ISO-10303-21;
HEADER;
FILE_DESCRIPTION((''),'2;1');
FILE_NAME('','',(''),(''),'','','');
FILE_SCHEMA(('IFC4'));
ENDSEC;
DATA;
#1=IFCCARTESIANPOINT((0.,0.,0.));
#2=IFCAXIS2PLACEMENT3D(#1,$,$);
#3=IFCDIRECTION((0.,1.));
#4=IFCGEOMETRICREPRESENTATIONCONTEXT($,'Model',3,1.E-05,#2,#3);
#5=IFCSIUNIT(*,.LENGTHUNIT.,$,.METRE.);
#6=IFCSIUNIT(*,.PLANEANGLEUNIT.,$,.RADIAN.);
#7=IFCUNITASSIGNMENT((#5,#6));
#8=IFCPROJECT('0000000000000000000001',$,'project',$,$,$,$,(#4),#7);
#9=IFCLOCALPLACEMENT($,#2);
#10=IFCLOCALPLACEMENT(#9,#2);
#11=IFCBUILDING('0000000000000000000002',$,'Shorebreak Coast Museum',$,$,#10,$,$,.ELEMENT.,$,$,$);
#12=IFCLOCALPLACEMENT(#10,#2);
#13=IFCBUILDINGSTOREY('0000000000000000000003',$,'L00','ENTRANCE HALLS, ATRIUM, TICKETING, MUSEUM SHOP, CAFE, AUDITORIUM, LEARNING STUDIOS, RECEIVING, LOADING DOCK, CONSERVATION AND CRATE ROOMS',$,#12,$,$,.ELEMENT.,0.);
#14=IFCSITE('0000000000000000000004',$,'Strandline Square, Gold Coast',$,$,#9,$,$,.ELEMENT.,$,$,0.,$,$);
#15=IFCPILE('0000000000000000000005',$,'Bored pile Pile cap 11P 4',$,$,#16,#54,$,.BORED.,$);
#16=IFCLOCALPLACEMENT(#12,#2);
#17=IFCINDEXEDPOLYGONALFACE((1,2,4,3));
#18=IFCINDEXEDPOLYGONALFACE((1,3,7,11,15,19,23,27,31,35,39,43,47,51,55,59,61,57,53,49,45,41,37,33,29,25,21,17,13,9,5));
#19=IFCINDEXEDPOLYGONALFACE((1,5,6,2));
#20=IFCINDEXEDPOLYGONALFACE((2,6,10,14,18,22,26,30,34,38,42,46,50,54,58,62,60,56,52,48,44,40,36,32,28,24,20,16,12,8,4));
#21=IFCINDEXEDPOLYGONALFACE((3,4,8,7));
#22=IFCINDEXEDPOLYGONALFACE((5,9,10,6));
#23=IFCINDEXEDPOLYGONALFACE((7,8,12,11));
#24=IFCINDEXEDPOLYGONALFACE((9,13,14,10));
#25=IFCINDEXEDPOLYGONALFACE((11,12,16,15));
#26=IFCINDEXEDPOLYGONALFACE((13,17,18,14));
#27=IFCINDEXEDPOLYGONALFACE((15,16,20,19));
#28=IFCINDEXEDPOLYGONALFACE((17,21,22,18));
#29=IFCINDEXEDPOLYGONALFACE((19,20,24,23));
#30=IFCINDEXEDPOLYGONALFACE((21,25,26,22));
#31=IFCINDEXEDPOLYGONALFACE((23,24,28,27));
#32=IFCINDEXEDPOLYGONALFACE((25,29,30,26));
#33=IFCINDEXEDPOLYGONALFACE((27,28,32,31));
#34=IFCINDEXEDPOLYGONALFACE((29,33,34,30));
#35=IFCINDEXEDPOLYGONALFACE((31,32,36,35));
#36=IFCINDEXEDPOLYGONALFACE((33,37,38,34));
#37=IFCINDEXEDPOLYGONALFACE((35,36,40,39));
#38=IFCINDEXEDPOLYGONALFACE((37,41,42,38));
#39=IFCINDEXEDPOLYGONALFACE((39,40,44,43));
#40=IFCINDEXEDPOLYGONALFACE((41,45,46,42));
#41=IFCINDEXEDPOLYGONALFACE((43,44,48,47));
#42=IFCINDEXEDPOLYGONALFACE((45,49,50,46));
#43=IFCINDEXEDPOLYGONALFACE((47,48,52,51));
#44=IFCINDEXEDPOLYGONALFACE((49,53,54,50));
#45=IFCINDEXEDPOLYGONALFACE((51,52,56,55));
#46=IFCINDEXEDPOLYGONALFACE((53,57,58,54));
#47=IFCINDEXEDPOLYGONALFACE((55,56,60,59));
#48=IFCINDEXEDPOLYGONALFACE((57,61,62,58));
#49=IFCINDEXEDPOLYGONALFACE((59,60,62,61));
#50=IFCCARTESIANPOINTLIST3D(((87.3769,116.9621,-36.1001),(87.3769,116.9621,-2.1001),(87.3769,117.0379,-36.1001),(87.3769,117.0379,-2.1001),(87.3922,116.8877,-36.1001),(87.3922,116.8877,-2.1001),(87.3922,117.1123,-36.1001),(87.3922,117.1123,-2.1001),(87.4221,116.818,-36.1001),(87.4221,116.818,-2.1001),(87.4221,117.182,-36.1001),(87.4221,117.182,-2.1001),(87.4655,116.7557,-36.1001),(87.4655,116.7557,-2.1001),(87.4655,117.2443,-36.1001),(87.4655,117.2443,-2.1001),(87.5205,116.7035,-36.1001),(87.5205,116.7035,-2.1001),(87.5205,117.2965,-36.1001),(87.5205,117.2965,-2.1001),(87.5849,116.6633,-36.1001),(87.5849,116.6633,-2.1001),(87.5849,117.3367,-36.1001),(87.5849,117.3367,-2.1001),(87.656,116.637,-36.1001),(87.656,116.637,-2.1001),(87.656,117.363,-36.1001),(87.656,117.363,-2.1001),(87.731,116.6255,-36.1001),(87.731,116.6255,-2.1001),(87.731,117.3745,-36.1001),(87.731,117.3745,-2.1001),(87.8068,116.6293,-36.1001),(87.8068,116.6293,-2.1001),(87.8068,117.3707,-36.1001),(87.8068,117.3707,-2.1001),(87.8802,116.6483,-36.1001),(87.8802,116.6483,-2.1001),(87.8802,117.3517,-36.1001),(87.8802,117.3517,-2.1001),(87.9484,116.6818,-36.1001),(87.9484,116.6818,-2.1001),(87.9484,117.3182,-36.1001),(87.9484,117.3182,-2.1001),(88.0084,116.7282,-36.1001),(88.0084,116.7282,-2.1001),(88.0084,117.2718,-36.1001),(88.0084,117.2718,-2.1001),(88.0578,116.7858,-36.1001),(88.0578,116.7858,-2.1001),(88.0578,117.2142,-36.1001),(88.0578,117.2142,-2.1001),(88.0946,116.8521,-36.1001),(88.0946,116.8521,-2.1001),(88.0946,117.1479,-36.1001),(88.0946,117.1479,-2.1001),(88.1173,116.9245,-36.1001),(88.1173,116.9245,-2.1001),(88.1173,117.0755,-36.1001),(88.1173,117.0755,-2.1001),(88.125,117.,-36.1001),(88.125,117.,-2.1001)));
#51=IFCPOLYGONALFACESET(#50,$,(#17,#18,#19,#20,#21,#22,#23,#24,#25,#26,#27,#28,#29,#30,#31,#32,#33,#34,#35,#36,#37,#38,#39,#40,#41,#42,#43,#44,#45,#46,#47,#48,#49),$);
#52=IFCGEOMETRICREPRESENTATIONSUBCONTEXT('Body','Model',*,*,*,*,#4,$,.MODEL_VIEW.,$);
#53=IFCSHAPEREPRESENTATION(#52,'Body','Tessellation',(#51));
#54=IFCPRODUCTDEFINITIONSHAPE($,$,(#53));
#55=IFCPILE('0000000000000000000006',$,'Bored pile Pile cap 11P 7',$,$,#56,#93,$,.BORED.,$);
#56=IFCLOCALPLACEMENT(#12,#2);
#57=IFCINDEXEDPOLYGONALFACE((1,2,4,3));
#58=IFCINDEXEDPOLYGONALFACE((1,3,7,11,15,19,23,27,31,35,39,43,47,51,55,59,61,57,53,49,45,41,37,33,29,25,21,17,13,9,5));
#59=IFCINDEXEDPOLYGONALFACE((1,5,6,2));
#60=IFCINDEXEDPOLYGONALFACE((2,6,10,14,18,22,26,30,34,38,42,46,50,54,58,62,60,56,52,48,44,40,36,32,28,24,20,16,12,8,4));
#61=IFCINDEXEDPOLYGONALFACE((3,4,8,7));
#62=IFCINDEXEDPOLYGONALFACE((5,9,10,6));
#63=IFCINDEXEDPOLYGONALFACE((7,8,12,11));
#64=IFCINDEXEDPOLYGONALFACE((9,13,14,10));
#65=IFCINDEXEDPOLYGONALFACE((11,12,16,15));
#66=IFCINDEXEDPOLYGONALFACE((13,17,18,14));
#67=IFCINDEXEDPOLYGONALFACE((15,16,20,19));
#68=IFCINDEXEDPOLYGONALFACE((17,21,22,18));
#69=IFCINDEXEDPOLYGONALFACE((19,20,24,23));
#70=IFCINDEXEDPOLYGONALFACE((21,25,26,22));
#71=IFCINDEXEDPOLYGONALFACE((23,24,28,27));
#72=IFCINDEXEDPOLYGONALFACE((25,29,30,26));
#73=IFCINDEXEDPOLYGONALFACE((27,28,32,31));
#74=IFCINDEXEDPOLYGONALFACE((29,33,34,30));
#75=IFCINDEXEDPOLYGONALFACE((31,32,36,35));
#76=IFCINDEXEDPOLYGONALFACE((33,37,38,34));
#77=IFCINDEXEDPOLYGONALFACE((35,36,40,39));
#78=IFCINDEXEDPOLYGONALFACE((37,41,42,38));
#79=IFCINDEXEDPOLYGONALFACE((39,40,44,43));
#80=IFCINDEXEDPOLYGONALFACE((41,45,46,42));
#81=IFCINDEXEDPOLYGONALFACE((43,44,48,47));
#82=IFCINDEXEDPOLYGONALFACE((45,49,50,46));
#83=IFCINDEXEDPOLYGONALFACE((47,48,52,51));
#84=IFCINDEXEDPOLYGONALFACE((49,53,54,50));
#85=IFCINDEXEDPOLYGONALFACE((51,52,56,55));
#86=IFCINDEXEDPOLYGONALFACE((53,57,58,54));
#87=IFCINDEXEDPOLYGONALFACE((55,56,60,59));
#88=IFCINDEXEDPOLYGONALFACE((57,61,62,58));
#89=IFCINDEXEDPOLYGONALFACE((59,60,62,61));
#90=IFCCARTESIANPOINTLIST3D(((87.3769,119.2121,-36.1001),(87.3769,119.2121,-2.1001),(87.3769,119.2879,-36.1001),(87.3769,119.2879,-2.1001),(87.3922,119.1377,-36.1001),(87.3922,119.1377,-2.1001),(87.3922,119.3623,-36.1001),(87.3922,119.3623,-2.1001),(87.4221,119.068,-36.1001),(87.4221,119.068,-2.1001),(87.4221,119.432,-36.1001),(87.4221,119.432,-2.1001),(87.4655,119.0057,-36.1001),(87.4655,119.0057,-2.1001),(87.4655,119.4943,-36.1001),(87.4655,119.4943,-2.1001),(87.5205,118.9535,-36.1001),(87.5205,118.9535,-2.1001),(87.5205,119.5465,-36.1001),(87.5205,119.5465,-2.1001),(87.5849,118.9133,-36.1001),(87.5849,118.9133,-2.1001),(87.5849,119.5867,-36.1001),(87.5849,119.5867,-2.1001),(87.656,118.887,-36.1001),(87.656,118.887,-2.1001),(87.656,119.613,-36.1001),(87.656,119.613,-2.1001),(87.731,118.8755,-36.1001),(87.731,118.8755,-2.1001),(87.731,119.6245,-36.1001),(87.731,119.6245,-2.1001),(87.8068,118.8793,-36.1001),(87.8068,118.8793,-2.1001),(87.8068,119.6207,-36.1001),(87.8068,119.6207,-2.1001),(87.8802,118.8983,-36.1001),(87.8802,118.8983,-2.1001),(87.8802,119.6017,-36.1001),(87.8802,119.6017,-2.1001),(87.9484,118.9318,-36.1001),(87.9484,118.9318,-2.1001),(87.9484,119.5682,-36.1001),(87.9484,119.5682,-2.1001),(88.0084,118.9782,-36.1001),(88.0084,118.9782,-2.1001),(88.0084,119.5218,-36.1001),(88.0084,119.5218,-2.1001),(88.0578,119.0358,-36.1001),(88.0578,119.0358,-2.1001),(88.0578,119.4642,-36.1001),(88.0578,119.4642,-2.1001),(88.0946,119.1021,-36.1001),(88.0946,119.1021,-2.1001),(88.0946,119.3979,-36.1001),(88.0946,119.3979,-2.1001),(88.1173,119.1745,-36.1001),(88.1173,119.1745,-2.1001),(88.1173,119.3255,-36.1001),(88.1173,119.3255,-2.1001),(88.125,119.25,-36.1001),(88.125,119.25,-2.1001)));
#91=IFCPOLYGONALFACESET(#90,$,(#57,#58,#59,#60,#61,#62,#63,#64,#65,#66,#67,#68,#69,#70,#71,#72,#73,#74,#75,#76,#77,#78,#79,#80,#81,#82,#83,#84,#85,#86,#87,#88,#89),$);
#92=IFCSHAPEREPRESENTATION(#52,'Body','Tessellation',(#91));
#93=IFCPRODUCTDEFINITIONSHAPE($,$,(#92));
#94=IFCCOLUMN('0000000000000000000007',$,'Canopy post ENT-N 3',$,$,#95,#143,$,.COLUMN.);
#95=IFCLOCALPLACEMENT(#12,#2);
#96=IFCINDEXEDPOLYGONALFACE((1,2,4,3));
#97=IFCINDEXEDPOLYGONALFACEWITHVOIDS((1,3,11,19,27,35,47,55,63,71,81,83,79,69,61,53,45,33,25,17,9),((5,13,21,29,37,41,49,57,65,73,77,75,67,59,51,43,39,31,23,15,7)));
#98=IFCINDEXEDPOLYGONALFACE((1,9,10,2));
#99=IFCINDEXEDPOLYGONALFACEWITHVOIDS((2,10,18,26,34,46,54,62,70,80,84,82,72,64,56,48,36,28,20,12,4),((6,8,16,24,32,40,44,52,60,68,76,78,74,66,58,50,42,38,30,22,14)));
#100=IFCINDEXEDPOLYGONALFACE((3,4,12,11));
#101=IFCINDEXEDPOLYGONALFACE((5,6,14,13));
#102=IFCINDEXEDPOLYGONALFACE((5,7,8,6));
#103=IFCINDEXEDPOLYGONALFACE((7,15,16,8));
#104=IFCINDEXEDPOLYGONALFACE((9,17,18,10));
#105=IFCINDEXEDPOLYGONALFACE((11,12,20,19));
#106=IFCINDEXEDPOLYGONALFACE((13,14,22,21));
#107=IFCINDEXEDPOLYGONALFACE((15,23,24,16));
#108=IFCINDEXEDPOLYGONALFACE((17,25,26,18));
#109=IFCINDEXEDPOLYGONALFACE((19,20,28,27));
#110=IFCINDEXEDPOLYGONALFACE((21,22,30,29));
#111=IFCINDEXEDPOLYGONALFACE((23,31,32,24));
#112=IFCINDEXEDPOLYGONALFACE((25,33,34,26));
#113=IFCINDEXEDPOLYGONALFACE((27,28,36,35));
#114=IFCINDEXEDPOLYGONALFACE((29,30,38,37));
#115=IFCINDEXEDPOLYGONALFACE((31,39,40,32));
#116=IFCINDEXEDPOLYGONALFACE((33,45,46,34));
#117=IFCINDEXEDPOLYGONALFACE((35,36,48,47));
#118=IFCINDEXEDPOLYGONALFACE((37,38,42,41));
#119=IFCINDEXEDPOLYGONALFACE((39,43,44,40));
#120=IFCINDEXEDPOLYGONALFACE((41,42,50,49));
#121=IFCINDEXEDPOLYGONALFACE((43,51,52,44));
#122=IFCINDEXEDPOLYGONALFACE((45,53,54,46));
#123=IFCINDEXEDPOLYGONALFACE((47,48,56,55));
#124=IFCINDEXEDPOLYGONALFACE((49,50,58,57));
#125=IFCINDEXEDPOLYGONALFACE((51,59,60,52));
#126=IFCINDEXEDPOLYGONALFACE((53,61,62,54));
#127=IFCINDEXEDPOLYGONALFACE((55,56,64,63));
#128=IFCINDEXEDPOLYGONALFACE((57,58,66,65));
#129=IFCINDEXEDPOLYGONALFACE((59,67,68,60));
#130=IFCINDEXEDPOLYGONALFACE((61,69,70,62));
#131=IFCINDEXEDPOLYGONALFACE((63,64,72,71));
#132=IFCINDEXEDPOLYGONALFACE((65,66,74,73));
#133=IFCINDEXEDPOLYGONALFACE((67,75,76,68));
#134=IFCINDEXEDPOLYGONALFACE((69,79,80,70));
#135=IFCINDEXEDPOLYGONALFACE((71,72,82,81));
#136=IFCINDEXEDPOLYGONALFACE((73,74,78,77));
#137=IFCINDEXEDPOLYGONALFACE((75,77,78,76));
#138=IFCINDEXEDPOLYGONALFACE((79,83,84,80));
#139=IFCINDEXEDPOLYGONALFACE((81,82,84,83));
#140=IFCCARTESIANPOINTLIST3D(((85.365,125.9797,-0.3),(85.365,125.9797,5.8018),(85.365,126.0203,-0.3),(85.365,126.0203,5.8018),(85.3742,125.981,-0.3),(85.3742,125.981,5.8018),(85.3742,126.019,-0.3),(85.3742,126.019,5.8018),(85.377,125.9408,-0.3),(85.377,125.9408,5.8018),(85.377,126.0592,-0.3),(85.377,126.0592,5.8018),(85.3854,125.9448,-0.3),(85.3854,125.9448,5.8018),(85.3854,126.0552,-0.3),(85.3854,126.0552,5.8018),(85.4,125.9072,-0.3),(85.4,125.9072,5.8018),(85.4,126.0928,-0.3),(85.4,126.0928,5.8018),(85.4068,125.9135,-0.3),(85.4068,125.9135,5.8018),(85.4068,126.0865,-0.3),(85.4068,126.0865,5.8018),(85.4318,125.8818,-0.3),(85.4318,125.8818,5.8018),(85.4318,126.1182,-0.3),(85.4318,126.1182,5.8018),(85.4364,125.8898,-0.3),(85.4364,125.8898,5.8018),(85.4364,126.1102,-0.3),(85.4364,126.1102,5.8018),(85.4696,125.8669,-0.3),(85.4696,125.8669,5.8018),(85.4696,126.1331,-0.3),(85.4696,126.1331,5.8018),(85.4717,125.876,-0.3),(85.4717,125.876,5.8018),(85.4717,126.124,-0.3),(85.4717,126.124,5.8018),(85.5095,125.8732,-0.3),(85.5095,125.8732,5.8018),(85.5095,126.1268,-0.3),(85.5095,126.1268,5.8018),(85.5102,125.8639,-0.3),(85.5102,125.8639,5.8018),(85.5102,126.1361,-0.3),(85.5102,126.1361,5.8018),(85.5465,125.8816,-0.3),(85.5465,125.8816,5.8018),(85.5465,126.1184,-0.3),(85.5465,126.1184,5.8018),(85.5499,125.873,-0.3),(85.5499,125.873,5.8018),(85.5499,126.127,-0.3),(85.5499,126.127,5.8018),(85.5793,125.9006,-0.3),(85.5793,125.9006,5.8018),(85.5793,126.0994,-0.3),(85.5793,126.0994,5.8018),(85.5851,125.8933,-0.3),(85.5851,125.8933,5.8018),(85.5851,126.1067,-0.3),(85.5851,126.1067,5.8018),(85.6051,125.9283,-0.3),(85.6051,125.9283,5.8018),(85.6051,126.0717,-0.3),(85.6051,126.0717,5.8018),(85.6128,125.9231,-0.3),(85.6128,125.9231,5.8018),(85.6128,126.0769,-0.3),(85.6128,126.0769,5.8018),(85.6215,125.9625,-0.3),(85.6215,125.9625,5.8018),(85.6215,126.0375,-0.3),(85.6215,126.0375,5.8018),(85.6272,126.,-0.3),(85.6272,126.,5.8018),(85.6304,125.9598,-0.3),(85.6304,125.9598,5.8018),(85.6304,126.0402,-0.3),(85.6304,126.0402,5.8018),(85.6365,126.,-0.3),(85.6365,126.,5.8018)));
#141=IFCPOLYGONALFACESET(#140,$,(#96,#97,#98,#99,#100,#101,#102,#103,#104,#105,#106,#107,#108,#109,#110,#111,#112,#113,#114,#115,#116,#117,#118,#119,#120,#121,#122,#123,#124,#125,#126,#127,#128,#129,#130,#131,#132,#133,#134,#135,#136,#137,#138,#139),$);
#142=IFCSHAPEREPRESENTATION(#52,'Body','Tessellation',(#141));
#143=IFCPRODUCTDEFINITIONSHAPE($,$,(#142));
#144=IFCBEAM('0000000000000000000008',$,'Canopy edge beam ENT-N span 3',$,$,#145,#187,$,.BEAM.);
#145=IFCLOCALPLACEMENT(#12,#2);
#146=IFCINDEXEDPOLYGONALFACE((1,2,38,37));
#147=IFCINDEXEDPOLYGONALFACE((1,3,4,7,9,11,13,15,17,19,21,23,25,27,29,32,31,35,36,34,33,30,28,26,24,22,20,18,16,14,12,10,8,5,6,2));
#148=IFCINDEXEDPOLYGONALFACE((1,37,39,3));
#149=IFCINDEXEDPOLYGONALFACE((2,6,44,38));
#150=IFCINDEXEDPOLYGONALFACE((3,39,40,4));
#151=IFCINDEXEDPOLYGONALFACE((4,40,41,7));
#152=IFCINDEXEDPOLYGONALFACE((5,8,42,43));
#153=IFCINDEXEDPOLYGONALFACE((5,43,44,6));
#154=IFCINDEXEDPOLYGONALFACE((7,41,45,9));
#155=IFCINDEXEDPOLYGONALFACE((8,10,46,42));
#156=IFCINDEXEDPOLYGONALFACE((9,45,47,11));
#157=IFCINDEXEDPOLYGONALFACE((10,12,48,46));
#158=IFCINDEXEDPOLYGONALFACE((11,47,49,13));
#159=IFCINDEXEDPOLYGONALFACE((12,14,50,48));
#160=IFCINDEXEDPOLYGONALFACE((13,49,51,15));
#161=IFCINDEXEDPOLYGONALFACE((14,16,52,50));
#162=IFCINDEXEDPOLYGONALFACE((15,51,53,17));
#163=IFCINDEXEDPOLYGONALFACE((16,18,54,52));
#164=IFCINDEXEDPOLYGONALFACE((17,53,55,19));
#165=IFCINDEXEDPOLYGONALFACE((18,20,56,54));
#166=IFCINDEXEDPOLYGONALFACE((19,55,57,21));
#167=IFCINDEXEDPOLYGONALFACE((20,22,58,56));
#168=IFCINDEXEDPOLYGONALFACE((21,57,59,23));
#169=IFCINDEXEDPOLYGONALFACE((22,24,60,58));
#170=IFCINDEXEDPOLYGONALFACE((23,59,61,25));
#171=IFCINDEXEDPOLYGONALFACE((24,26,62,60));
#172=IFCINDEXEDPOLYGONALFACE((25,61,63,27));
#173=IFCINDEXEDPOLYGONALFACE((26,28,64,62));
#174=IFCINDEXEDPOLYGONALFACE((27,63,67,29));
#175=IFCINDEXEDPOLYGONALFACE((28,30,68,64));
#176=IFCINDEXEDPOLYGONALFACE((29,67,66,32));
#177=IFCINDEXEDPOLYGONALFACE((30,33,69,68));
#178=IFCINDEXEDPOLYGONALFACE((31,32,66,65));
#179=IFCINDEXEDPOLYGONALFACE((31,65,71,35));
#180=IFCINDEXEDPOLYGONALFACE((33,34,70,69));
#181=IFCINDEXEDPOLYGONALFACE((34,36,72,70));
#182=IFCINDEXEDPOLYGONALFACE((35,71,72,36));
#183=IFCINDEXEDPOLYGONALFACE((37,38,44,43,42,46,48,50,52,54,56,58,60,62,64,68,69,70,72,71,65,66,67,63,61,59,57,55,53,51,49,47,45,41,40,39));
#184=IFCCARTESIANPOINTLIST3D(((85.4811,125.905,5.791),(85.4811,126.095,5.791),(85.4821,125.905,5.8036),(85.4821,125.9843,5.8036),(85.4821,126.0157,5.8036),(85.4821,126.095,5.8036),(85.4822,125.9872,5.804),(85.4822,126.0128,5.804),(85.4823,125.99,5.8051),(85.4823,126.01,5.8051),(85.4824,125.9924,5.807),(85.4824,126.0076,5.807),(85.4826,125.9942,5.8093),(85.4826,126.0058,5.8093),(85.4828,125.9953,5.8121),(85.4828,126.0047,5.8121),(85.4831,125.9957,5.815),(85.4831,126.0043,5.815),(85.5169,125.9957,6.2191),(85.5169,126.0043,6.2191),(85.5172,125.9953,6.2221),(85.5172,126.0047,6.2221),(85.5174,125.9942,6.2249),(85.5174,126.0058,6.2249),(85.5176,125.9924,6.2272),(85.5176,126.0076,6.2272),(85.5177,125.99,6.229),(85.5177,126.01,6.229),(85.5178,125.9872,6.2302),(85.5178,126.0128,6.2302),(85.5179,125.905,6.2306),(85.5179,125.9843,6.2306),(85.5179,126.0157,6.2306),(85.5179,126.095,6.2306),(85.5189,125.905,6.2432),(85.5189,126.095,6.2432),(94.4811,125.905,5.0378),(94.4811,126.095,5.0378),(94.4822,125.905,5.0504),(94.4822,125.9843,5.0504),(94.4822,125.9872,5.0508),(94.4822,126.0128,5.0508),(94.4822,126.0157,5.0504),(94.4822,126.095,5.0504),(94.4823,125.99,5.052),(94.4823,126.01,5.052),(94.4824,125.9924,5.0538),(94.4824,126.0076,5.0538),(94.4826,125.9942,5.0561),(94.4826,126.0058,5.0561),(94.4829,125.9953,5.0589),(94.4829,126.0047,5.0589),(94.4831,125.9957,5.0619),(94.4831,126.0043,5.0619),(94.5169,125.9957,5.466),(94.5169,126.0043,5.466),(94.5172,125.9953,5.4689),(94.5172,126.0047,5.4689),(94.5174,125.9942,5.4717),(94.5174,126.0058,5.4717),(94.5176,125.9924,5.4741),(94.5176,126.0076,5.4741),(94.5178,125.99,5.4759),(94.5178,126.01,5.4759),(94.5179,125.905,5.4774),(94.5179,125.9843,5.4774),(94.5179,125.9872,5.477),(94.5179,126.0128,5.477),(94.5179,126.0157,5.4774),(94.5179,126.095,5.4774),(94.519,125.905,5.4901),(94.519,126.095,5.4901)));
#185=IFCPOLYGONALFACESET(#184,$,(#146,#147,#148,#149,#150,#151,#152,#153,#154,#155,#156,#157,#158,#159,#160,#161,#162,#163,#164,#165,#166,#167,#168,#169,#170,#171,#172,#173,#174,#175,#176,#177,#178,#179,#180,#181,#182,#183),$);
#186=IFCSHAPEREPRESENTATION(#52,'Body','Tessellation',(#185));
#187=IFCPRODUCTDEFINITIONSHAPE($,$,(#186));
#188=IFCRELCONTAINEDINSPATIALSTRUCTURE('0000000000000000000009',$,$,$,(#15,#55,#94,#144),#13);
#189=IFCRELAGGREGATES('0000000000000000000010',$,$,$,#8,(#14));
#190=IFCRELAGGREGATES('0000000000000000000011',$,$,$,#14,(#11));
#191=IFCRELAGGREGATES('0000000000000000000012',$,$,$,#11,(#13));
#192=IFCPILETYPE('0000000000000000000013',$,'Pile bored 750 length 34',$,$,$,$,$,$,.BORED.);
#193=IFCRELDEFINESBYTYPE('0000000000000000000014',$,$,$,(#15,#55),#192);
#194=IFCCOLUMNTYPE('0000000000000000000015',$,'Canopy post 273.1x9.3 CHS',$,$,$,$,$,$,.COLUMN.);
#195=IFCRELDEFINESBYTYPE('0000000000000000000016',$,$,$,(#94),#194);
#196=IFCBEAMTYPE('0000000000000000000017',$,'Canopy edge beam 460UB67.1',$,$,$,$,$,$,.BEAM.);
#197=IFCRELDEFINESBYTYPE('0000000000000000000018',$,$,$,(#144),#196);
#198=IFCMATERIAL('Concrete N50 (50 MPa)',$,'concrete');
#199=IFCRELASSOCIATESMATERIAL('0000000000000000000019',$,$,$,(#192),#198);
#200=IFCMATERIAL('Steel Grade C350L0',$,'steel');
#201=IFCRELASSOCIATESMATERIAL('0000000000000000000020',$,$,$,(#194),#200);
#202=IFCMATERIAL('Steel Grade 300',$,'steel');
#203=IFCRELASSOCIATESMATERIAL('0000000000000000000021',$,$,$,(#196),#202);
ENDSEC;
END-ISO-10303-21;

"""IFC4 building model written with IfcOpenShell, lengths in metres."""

from ifc_helpers import new_model, si_unit, direction, frame, origin, origin_2d, place, context, subcontext, project, spatial, circle, hollow_circle, i_section, extrude, material, material_profile, profile_set, type_object, element, save


model = new_model("IFC4")

# Units and contexts
model_context = context("Model", 3, precision=1e-05, world=origin(), true_north=direction((0.0, 1.0)))
body_context = subcontext(model_context, "Body", "Model", "MODEL_VIEW")
ifc_project = project(units=[si_unit("LENGTHUNIT", "METRE"), si_unit("PLANEANGLEUNIT", "RADIAN")], contexts=[model_context])

# Site, building, storey
site_placement = place(None, origin())
site = spatial("IfcSite", under=ifc_project, at=site_placement, Name="Strandline Square, Gold Coast", CompositionType="ELEMENT", RefElevation=0.0)
building_placement = place(site_placement, origin())
building = spatial("IfcBuilding", under=site, at=building_placement, Name="Shorebreak Coast Museum", CompositionType="ELEMENT")
storey_placement = place(building_placement, origin())
storey = spatial("IfcBuildingStorey", under=building, at=storey_placement, Name="L00", Description="ENTRANCE HALLS, ATRIUM, TICKETING, MUSEUM SHOP, CAFE, AUDITORIUM, LEARNING STUDIOS, RECEIVING, LOADING DOCK, CONSERVATION AND CRATE ROOMS", CompositionType="ELEMENT", Elevation=0.0)

# Piles
ifc_material_1 = material(Name="Concrete N50 (50 MPa)", Category="concrete")
ifc_material_profile_1 = material_profile(ifc_material_1, circle(Radius=0.375, at=origin_2d()), Name="Pile bored 750 length 34")
ifc_profile_set_1 = profile_set([ifc_material_profile_1], Name="Concrete N50 (50 MPa)")
pile_type_1 = type_object("IfcPileType", Name="Pile bored 750 length 34", PredefinedType="BORED", material=ifc_profile_set_1)
for number, where, z_axis, x_axis, name in (
    (1, (87.75, 117.0, -2.1001), (0.0, 0.0, -1.0), (1.0, 0.0, 0.0), "Bored pile Pile cap 11P 4"),
    (2, (87.75, 119.25, -2.1001), (0.0, 0.0, -1.0), (1.0, 0.0, 0.0), "Bored pile Pile cap 11P 7"),
):
    element("IfcPile", number, at=place(storey_placement, frame(where, z_axis=z_axis, x_axis=x_axis)), inside=storey, type_object=pile_type_1, Name=name, PredefinedType="BORED", context=body_context, shape_type="SweptSolid", body=[
        extrude(circle(Radius=0.375, at=origin_2d()), origin(), (0.0, 0.0, 1.0), 34.0),
    ])

# Column
ifc_material_2 = material(Name="Steel Grade C350L0", Category="steel")
ifc_material_profile_2 = material_profile(ifc_material_2, hollow_circle(Radius=0.1365, WallThickness=0.0093, at=origin_2d()), Name="273.1x9.3 CHS")
ifc_profile_set_2 = profile_set([ifc_material_profile_2], Name="Steel Grade C350L0")
column_type = type_object("IfcColumnType", Name="Canopy post 273.1x9.3 CHS", PredefinedType="COLUMN", material=ifc_profile_set_2)
column_placement = place(storey_placement, frame((85.5, 126.0, -0.3), z_axis=(0.0, 0.0, 1.0), x_axis=(1.0, 0.0, 0.0)))
element("IfcColumn", 3, at=column_placement, inside=storey, type_object=column_type, Name="Canopy post ENT-N 3", PredefinedType="COLUMN", context=body_context, shape_type="SweptSolid", body=[
    extrude(hollow_circle(Radius=0.1365, WallThickness=0.0093, at=origin_2d()), origin(), (0.0, 0.0, 1.0), 6.1018),
])

# Beam
ifc_material_3 = material(Name="Steel Grade 300", Category="steel")
ifc_material_profile_3 = material_profile(ifc_material_3, i_section(OverallWidth=0.1899, OverallDepth=0.4539, WebThickness=0.0085, FlangeThickness=0.0127, FilletRadius=0.0115, at=origin_2d()), Name="460UB67.1")
ifc_profile_set_3 = profile_set([ifc_material_profile_3], Name="Steel Grade 300")
beam_type_1 = type_object("IfcBeamType", Name="Canopy edge beam 460UB67.1", PredefinedType="BEAM", material=ifc_profile_set_3)
beam_1_placement = place(storey_placement, frame((85.5, 126.0, 6.0171), z_axis=(0.996517, 0.0, -0.083394), x_axis=(0.0, 1.0, 0.0)))
element("IfcBeam", 4, at=beam_1_placement, inside=storey, type_object=beam_type_1, Name="Canopy edge beam ENT-N span 3", PredefinedType="BEAM", context=body_context, shape_type="SweptSolid", body=[
    extrude(i_section(OverallWidth=0.1899, OverallDepth=0.4539, WebThickness=0.0085, FlangeThickness=0.0127, FilletRadius=0.0115, at=origin_2d()), origin(), (0.0, 0.0, 1.0), 9.0315),
])

save(model, "model.ifc")
